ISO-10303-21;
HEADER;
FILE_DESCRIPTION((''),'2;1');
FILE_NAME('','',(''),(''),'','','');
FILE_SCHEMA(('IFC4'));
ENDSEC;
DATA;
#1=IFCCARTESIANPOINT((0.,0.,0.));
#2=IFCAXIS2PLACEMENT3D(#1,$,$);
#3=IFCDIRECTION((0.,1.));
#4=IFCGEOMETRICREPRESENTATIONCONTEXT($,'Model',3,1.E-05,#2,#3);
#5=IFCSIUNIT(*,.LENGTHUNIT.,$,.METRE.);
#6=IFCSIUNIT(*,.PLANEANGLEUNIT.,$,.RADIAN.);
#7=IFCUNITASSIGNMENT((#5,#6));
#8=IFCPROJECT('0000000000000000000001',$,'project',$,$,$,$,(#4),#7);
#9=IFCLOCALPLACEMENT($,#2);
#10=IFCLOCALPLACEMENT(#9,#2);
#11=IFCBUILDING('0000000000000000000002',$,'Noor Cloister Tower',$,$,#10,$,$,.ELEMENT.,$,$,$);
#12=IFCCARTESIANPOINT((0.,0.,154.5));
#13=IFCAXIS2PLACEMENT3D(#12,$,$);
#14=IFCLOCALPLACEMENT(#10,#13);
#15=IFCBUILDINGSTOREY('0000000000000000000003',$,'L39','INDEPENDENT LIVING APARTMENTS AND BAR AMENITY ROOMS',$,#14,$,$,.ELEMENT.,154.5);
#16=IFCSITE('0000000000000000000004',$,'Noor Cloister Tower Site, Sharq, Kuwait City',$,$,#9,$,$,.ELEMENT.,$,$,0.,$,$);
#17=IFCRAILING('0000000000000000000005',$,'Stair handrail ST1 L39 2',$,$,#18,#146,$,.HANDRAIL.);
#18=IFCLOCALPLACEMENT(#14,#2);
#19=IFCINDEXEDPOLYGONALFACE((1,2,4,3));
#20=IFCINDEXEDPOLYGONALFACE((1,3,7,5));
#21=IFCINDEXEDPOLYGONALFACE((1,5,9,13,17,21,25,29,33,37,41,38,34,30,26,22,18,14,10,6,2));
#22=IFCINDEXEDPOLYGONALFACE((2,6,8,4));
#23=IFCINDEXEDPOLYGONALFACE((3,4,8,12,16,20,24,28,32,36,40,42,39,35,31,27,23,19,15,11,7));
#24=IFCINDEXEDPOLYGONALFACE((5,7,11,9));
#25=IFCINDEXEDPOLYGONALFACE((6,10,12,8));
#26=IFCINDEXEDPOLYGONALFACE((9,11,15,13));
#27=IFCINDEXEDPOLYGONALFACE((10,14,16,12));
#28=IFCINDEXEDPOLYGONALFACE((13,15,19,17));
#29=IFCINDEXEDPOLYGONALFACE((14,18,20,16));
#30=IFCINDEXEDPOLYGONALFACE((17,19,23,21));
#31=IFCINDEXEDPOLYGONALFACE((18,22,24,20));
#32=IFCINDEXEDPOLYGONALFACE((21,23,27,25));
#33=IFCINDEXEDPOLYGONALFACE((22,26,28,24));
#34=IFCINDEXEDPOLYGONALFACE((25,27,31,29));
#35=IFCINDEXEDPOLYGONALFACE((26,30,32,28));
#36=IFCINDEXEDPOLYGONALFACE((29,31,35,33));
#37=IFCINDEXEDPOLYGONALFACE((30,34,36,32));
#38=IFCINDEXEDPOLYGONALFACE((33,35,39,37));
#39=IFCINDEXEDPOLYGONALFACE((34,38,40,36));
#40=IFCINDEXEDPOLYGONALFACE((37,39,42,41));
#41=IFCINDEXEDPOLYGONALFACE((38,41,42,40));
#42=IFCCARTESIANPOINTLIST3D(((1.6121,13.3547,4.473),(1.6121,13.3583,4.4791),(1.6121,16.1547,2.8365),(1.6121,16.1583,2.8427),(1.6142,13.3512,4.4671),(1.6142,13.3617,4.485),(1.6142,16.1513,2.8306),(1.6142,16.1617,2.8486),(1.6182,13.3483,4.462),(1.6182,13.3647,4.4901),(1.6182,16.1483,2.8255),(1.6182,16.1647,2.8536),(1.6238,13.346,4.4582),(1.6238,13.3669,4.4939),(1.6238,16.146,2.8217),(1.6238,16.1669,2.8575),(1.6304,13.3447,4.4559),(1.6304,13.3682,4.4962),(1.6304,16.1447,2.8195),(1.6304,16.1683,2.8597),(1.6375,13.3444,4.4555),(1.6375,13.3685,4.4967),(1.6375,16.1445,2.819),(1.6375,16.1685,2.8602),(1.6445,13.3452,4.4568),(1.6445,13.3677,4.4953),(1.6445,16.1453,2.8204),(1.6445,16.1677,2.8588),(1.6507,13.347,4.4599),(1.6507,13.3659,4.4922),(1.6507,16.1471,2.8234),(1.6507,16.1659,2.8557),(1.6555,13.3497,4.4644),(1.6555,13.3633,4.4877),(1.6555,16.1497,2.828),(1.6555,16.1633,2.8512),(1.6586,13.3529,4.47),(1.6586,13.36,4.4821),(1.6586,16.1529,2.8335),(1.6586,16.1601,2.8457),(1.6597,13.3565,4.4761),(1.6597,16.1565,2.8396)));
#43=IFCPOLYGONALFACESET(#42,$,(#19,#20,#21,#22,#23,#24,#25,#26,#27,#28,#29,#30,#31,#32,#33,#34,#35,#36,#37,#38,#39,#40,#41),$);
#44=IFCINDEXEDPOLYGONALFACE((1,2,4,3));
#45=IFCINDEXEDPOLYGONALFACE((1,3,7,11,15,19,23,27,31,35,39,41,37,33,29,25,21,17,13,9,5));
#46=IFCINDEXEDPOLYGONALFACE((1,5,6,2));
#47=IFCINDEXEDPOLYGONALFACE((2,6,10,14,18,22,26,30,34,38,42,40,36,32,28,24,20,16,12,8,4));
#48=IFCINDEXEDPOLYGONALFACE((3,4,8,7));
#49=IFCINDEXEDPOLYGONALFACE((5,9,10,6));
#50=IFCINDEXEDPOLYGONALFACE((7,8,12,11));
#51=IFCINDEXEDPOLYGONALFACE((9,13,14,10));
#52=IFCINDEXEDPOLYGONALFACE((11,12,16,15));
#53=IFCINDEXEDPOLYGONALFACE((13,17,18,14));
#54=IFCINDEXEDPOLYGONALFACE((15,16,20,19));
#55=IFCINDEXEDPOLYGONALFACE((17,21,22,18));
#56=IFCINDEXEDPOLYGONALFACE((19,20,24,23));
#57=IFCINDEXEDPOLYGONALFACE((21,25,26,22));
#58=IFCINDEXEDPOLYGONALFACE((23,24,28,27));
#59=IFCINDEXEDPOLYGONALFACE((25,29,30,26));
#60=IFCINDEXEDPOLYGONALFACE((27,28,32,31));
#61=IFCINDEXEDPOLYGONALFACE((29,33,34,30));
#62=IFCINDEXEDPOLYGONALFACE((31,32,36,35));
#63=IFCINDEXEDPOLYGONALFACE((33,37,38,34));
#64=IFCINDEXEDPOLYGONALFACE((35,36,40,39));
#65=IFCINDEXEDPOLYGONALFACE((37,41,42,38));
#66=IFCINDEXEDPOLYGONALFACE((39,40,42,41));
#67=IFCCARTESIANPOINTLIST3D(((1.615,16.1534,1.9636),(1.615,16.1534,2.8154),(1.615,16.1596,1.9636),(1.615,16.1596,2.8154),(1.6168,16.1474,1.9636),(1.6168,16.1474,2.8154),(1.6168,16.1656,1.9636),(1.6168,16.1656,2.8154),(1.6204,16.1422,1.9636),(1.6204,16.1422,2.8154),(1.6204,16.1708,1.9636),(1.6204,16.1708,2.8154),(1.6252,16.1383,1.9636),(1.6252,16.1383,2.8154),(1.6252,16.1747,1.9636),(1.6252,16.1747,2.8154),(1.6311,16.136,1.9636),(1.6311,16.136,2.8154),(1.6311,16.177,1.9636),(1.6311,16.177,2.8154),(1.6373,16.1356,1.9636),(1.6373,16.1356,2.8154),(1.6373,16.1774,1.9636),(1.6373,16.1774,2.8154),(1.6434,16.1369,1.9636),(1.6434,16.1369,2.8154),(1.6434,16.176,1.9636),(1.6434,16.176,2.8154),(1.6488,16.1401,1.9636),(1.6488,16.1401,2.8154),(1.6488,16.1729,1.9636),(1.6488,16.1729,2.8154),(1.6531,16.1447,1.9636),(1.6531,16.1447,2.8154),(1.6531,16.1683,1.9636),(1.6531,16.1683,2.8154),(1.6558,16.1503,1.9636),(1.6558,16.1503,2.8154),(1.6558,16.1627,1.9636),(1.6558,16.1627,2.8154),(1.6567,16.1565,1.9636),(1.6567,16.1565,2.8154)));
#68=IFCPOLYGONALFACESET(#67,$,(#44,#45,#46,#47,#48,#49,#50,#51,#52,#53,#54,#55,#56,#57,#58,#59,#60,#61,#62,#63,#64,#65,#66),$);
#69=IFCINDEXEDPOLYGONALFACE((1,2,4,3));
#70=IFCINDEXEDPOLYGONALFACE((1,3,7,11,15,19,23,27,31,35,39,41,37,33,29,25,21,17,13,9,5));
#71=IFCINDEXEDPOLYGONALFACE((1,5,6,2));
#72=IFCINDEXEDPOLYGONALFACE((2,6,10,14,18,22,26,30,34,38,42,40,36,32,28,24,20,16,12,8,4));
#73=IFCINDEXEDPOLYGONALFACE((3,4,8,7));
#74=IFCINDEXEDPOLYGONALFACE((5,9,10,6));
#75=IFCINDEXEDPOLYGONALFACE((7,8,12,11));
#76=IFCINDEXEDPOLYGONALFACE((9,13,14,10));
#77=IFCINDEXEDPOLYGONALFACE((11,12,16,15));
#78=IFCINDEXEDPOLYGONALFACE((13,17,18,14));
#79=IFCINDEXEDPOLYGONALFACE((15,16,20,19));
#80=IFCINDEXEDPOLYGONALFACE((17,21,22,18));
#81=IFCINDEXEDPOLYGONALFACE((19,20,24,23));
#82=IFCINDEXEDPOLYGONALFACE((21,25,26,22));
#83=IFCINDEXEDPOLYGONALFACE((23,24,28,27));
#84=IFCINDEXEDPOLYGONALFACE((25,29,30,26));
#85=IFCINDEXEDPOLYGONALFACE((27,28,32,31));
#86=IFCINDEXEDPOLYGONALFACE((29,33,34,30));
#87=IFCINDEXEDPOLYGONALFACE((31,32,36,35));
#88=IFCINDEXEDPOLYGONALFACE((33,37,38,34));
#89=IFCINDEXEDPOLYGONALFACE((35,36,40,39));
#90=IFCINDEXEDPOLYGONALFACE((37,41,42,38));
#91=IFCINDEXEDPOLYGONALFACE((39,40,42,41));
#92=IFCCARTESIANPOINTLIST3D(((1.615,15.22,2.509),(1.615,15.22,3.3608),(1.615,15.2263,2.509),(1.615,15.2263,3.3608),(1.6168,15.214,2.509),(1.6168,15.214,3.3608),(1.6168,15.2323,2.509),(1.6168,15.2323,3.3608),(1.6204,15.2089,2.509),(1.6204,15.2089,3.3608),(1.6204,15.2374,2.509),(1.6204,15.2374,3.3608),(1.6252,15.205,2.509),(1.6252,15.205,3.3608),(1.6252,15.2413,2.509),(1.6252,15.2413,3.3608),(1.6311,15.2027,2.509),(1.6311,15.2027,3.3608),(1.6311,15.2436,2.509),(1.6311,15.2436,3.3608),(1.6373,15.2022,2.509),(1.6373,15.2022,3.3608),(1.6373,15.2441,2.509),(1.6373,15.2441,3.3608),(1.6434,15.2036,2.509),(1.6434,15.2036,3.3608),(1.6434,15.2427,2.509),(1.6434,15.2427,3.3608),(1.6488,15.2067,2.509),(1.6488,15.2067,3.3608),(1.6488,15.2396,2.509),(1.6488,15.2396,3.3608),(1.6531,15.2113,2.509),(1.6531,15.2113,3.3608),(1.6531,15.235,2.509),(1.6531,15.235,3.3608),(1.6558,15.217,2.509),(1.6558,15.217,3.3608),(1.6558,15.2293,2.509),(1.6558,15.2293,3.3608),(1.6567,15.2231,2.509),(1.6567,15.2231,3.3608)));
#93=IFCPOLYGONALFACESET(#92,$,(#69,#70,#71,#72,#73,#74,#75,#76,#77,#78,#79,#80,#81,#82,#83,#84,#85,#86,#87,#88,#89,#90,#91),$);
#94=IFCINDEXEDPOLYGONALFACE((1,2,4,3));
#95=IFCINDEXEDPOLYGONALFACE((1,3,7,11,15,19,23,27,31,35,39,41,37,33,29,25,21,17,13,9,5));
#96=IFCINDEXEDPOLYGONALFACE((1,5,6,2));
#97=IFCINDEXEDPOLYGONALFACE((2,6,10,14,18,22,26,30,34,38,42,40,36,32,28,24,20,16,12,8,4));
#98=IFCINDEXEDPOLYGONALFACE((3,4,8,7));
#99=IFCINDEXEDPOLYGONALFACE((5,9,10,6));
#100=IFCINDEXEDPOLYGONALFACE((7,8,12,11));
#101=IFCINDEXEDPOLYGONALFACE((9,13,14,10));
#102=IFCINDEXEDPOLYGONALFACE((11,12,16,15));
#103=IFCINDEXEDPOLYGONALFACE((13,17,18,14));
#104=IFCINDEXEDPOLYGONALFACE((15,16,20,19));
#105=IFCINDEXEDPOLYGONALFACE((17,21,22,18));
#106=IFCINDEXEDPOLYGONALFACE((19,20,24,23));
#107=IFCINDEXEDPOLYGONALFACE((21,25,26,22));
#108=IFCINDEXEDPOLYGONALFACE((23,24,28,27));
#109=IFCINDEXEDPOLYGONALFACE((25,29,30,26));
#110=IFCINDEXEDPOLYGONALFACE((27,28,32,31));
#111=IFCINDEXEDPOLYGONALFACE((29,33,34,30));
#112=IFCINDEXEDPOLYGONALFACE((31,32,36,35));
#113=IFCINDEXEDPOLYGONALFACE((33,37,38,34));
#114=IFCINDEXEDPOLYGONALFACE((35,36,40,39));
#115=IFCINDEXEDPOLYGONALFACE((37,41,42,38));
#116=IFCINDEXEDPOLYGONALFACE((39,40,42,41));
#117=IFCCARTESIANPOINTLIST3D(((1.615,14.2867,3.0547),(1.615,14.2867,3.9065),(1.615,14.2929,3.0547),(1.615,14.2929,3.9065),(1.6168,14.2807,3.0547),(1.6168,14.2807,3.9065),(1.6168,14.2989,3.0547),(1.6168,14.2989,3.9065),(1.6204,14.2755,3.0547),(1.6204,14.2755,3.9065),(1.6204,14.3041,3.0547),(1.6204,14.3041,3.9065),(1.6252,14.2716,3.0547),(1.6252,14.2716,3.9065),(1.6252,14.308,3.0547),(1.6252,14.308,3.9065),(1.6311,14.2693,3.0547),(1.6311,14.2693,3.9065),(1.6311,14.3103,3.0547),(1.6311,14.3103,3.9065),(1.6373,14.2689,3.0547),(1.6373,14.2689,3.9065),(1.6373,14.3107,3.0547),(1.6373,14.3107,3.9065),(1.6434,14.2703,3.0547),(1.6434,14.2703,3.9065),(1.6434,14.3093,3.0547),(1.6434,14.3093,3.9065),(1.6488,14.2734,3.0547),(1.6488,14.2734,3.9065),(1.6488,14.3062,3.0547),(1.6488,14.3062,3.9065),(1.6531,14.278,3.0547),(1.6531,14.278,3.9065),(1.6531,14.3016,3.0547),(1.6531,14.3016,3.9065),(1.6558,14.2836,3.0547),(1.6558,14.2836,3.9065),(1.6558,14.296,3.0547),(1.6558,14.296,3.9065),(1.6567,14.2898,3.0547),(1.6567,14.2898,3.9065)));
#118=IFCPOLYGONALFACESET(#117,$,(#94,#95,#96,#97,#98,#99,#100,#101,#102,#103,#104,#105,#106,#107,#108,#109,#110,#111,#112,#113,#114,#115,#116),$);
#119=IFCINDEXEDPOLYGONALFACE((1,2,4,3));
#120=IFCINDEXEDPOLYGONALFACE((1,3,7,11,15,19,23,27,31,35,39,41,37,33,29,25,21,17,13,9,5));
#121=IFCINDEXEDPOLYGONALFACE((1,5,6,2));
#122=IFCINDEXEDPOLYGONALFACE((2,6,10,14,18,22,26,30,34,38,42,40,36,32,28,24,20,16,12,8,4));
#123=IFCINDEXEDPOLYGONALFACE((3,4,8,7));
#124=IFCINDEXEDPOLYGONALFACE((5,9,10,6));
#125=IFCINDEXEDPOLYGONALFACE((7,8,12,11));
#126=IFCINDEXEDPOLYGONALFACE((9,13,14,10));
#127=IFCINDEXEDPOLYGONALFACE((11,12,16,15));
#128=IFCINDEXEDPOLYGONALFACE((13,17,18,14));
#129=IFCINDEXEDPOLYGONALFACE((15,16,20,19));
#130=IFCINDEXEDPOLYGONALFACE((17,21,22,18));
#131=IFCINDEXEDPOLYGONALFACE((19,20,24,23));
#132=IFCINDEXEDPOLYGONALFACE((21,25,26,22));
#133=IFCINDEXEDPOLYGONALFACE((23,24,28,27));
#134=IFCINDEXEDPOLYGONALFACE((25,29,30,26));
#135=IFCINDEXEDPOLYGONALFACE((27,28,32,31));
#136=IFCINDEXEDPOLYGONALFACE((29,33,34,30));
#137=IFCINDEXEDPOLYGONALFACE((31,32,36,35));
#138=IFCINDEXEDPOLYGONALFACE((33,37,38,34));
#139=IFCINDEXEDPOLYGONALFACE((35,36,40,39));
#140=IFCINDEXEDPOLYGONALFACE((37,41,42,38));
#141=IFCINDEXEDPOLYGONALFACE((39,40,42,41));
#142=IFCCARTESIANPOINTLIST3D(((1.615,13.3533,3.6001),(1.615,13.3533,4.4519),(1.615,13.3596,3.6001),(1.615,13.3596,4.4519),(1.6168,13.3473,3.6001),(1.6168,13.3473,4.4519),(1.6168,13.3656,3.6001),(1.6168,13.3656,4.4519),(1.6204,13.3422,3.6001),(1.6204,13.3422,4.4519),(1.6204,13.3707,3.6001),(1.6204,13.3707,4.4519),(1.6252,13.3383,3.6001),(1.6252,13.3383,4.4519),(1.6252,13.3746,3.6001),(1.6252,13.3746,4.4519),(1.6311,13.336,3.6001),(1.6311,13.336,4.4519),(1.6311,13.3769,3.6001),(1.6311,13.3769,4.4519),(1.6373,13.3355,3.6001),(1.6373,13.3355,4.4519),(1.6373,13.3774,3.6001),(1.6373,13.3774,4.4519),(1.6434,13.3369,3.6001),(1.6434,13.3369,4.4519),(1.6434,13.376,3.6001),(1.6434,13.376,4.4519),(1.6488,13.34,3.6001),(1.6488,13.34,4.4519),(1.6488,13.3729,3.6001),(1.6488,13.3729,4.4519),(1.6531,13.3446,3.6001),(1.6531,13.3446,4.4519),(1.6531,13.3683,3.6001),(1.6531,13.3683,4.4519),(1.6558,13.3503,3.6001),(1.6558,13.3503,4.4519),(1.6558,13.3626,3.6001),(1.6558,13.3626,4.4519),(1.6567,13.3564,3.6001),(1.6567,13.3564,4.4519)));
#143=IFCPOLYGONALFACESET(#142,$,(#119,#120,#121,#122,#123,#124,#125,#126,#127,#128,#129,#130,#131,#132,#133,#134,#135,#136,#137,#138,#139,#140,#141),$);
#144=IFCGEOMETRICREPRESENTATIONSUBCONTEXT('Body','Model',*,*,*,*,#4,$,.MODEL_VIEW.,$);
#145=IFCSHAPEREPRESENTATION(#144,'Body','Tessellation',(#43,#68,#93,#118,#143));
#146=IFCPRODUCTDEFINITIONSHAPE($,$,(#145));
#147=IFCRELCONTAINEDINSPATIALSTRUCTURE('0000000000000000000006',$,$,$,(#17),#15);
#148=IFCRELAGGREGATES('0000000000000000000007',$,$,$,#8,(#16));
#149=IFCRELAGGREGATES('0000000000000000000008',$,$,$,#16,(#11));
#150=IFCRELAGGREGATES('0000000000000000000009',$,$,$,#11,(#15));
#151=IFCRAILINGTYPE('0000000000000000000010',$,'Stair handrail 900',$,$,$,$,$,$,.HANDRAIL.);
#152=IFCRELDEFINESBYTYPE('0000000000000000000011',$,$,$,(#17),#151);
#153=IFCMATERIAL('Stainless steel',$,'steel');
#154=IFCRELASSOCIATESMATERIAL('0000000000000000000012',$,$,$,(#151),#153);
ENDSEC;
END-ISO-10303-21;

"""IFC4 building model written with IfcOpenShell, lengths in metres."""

from ifc_helpers import new_model, si_unit, direction, frame, origin, origin_2d, place, context, subcontext, project, spatial, circle, extrude, material, type_object, element, save


model = new_model("IFC4")

# Units and contexts
model_context = context("Model", 3, precision=1e-05, world=origin(), true_north=direction((0.0, 1.0)))
body_context = subcontext(model_context, "Body", "Model", "MODEL_VIEW")
ifc_project = project(units=[si_unit("LENGTHUNIT", "METRE"), si_unit("PLANEANGLEUNIT", "RADIAN")], contexts=[model_context])

# Site, building, storey
site_placement = place(None, origin())
site = spatial("IfcSite", under=ifc_project, at=site_placement, Name="Noor Cloister Tower Site, Sharq, Kuwait City", CompositionType="ELEMENT", RefElevation=0.0)
building_placement = place(site_placement, origin())
building = spatial("IfcBuilding", under=site, at=building_placement, Name="Noor Cloister Tower", CompositionType="ELEMENT")
storey_placement = place(building_placement, frame((0.0, 0.0, 154.5)))
storey = spatial("IfcBuildingStorey", under=building, at=storey_placement, Name="L39", Description="INDEPENDENT LIVING APARTMENTS AND BAR AMENITY ROOMS", CompositionType="ELEMENT", Elevation=154.5)

# Railing
ifc_material_1 = material(Name="Stainless steel", Category="steel")
railing_type_1 = type_object("IfcRailingType", Name="Stair handrail 900", PredefinedType="HANDRAIL", material=ifc_material_1)
railing_1_placement = place(storey_placement, frame((1.6357, 16.1565, 1.9636)))
element("IfcRailing", 1, at=railing_1_placement, inside=storey, type_object=railing_type_1, Name="Stair handrail ST1 L39 2", PredefinedType="HANDRAIL", context=body_context, shape_type="SweptSolid", body=[
    extrude(circle(Radius=0.0239, at=origin_2d()), frame((0.0, 0.0, 0.876), z_axis=(0.0, -0.863361, 0.504587), x_axis=(1.0, 0.0, 0.0)), (0.0, 0.0, 1.0), 3.2432),
    extrude(circle(Radius=0.021, at=origin_2d()), origin(), (0.0, 0.0, 1.0), 0.8518),
    extrude(circle(Radius=0.021, at=origin_2d()), frame((0.0, -0.9333, 0.5454)), (0.0, 0.0, 1.0), 0.8518),
    extrude(circle(Radius=0.021, at=origin_2d()), frame((0.0, -1.8667, 1.0911)), (0.0, 0.0, 1.0), 0.8518),
    extrude(circle(Radius=0.021, at=origin_2d()), frame((0.0, -2.8, 1.6365)), (0.0, 0.0, 1.0), 0.8518),
])

save(model, "model.ifc")
